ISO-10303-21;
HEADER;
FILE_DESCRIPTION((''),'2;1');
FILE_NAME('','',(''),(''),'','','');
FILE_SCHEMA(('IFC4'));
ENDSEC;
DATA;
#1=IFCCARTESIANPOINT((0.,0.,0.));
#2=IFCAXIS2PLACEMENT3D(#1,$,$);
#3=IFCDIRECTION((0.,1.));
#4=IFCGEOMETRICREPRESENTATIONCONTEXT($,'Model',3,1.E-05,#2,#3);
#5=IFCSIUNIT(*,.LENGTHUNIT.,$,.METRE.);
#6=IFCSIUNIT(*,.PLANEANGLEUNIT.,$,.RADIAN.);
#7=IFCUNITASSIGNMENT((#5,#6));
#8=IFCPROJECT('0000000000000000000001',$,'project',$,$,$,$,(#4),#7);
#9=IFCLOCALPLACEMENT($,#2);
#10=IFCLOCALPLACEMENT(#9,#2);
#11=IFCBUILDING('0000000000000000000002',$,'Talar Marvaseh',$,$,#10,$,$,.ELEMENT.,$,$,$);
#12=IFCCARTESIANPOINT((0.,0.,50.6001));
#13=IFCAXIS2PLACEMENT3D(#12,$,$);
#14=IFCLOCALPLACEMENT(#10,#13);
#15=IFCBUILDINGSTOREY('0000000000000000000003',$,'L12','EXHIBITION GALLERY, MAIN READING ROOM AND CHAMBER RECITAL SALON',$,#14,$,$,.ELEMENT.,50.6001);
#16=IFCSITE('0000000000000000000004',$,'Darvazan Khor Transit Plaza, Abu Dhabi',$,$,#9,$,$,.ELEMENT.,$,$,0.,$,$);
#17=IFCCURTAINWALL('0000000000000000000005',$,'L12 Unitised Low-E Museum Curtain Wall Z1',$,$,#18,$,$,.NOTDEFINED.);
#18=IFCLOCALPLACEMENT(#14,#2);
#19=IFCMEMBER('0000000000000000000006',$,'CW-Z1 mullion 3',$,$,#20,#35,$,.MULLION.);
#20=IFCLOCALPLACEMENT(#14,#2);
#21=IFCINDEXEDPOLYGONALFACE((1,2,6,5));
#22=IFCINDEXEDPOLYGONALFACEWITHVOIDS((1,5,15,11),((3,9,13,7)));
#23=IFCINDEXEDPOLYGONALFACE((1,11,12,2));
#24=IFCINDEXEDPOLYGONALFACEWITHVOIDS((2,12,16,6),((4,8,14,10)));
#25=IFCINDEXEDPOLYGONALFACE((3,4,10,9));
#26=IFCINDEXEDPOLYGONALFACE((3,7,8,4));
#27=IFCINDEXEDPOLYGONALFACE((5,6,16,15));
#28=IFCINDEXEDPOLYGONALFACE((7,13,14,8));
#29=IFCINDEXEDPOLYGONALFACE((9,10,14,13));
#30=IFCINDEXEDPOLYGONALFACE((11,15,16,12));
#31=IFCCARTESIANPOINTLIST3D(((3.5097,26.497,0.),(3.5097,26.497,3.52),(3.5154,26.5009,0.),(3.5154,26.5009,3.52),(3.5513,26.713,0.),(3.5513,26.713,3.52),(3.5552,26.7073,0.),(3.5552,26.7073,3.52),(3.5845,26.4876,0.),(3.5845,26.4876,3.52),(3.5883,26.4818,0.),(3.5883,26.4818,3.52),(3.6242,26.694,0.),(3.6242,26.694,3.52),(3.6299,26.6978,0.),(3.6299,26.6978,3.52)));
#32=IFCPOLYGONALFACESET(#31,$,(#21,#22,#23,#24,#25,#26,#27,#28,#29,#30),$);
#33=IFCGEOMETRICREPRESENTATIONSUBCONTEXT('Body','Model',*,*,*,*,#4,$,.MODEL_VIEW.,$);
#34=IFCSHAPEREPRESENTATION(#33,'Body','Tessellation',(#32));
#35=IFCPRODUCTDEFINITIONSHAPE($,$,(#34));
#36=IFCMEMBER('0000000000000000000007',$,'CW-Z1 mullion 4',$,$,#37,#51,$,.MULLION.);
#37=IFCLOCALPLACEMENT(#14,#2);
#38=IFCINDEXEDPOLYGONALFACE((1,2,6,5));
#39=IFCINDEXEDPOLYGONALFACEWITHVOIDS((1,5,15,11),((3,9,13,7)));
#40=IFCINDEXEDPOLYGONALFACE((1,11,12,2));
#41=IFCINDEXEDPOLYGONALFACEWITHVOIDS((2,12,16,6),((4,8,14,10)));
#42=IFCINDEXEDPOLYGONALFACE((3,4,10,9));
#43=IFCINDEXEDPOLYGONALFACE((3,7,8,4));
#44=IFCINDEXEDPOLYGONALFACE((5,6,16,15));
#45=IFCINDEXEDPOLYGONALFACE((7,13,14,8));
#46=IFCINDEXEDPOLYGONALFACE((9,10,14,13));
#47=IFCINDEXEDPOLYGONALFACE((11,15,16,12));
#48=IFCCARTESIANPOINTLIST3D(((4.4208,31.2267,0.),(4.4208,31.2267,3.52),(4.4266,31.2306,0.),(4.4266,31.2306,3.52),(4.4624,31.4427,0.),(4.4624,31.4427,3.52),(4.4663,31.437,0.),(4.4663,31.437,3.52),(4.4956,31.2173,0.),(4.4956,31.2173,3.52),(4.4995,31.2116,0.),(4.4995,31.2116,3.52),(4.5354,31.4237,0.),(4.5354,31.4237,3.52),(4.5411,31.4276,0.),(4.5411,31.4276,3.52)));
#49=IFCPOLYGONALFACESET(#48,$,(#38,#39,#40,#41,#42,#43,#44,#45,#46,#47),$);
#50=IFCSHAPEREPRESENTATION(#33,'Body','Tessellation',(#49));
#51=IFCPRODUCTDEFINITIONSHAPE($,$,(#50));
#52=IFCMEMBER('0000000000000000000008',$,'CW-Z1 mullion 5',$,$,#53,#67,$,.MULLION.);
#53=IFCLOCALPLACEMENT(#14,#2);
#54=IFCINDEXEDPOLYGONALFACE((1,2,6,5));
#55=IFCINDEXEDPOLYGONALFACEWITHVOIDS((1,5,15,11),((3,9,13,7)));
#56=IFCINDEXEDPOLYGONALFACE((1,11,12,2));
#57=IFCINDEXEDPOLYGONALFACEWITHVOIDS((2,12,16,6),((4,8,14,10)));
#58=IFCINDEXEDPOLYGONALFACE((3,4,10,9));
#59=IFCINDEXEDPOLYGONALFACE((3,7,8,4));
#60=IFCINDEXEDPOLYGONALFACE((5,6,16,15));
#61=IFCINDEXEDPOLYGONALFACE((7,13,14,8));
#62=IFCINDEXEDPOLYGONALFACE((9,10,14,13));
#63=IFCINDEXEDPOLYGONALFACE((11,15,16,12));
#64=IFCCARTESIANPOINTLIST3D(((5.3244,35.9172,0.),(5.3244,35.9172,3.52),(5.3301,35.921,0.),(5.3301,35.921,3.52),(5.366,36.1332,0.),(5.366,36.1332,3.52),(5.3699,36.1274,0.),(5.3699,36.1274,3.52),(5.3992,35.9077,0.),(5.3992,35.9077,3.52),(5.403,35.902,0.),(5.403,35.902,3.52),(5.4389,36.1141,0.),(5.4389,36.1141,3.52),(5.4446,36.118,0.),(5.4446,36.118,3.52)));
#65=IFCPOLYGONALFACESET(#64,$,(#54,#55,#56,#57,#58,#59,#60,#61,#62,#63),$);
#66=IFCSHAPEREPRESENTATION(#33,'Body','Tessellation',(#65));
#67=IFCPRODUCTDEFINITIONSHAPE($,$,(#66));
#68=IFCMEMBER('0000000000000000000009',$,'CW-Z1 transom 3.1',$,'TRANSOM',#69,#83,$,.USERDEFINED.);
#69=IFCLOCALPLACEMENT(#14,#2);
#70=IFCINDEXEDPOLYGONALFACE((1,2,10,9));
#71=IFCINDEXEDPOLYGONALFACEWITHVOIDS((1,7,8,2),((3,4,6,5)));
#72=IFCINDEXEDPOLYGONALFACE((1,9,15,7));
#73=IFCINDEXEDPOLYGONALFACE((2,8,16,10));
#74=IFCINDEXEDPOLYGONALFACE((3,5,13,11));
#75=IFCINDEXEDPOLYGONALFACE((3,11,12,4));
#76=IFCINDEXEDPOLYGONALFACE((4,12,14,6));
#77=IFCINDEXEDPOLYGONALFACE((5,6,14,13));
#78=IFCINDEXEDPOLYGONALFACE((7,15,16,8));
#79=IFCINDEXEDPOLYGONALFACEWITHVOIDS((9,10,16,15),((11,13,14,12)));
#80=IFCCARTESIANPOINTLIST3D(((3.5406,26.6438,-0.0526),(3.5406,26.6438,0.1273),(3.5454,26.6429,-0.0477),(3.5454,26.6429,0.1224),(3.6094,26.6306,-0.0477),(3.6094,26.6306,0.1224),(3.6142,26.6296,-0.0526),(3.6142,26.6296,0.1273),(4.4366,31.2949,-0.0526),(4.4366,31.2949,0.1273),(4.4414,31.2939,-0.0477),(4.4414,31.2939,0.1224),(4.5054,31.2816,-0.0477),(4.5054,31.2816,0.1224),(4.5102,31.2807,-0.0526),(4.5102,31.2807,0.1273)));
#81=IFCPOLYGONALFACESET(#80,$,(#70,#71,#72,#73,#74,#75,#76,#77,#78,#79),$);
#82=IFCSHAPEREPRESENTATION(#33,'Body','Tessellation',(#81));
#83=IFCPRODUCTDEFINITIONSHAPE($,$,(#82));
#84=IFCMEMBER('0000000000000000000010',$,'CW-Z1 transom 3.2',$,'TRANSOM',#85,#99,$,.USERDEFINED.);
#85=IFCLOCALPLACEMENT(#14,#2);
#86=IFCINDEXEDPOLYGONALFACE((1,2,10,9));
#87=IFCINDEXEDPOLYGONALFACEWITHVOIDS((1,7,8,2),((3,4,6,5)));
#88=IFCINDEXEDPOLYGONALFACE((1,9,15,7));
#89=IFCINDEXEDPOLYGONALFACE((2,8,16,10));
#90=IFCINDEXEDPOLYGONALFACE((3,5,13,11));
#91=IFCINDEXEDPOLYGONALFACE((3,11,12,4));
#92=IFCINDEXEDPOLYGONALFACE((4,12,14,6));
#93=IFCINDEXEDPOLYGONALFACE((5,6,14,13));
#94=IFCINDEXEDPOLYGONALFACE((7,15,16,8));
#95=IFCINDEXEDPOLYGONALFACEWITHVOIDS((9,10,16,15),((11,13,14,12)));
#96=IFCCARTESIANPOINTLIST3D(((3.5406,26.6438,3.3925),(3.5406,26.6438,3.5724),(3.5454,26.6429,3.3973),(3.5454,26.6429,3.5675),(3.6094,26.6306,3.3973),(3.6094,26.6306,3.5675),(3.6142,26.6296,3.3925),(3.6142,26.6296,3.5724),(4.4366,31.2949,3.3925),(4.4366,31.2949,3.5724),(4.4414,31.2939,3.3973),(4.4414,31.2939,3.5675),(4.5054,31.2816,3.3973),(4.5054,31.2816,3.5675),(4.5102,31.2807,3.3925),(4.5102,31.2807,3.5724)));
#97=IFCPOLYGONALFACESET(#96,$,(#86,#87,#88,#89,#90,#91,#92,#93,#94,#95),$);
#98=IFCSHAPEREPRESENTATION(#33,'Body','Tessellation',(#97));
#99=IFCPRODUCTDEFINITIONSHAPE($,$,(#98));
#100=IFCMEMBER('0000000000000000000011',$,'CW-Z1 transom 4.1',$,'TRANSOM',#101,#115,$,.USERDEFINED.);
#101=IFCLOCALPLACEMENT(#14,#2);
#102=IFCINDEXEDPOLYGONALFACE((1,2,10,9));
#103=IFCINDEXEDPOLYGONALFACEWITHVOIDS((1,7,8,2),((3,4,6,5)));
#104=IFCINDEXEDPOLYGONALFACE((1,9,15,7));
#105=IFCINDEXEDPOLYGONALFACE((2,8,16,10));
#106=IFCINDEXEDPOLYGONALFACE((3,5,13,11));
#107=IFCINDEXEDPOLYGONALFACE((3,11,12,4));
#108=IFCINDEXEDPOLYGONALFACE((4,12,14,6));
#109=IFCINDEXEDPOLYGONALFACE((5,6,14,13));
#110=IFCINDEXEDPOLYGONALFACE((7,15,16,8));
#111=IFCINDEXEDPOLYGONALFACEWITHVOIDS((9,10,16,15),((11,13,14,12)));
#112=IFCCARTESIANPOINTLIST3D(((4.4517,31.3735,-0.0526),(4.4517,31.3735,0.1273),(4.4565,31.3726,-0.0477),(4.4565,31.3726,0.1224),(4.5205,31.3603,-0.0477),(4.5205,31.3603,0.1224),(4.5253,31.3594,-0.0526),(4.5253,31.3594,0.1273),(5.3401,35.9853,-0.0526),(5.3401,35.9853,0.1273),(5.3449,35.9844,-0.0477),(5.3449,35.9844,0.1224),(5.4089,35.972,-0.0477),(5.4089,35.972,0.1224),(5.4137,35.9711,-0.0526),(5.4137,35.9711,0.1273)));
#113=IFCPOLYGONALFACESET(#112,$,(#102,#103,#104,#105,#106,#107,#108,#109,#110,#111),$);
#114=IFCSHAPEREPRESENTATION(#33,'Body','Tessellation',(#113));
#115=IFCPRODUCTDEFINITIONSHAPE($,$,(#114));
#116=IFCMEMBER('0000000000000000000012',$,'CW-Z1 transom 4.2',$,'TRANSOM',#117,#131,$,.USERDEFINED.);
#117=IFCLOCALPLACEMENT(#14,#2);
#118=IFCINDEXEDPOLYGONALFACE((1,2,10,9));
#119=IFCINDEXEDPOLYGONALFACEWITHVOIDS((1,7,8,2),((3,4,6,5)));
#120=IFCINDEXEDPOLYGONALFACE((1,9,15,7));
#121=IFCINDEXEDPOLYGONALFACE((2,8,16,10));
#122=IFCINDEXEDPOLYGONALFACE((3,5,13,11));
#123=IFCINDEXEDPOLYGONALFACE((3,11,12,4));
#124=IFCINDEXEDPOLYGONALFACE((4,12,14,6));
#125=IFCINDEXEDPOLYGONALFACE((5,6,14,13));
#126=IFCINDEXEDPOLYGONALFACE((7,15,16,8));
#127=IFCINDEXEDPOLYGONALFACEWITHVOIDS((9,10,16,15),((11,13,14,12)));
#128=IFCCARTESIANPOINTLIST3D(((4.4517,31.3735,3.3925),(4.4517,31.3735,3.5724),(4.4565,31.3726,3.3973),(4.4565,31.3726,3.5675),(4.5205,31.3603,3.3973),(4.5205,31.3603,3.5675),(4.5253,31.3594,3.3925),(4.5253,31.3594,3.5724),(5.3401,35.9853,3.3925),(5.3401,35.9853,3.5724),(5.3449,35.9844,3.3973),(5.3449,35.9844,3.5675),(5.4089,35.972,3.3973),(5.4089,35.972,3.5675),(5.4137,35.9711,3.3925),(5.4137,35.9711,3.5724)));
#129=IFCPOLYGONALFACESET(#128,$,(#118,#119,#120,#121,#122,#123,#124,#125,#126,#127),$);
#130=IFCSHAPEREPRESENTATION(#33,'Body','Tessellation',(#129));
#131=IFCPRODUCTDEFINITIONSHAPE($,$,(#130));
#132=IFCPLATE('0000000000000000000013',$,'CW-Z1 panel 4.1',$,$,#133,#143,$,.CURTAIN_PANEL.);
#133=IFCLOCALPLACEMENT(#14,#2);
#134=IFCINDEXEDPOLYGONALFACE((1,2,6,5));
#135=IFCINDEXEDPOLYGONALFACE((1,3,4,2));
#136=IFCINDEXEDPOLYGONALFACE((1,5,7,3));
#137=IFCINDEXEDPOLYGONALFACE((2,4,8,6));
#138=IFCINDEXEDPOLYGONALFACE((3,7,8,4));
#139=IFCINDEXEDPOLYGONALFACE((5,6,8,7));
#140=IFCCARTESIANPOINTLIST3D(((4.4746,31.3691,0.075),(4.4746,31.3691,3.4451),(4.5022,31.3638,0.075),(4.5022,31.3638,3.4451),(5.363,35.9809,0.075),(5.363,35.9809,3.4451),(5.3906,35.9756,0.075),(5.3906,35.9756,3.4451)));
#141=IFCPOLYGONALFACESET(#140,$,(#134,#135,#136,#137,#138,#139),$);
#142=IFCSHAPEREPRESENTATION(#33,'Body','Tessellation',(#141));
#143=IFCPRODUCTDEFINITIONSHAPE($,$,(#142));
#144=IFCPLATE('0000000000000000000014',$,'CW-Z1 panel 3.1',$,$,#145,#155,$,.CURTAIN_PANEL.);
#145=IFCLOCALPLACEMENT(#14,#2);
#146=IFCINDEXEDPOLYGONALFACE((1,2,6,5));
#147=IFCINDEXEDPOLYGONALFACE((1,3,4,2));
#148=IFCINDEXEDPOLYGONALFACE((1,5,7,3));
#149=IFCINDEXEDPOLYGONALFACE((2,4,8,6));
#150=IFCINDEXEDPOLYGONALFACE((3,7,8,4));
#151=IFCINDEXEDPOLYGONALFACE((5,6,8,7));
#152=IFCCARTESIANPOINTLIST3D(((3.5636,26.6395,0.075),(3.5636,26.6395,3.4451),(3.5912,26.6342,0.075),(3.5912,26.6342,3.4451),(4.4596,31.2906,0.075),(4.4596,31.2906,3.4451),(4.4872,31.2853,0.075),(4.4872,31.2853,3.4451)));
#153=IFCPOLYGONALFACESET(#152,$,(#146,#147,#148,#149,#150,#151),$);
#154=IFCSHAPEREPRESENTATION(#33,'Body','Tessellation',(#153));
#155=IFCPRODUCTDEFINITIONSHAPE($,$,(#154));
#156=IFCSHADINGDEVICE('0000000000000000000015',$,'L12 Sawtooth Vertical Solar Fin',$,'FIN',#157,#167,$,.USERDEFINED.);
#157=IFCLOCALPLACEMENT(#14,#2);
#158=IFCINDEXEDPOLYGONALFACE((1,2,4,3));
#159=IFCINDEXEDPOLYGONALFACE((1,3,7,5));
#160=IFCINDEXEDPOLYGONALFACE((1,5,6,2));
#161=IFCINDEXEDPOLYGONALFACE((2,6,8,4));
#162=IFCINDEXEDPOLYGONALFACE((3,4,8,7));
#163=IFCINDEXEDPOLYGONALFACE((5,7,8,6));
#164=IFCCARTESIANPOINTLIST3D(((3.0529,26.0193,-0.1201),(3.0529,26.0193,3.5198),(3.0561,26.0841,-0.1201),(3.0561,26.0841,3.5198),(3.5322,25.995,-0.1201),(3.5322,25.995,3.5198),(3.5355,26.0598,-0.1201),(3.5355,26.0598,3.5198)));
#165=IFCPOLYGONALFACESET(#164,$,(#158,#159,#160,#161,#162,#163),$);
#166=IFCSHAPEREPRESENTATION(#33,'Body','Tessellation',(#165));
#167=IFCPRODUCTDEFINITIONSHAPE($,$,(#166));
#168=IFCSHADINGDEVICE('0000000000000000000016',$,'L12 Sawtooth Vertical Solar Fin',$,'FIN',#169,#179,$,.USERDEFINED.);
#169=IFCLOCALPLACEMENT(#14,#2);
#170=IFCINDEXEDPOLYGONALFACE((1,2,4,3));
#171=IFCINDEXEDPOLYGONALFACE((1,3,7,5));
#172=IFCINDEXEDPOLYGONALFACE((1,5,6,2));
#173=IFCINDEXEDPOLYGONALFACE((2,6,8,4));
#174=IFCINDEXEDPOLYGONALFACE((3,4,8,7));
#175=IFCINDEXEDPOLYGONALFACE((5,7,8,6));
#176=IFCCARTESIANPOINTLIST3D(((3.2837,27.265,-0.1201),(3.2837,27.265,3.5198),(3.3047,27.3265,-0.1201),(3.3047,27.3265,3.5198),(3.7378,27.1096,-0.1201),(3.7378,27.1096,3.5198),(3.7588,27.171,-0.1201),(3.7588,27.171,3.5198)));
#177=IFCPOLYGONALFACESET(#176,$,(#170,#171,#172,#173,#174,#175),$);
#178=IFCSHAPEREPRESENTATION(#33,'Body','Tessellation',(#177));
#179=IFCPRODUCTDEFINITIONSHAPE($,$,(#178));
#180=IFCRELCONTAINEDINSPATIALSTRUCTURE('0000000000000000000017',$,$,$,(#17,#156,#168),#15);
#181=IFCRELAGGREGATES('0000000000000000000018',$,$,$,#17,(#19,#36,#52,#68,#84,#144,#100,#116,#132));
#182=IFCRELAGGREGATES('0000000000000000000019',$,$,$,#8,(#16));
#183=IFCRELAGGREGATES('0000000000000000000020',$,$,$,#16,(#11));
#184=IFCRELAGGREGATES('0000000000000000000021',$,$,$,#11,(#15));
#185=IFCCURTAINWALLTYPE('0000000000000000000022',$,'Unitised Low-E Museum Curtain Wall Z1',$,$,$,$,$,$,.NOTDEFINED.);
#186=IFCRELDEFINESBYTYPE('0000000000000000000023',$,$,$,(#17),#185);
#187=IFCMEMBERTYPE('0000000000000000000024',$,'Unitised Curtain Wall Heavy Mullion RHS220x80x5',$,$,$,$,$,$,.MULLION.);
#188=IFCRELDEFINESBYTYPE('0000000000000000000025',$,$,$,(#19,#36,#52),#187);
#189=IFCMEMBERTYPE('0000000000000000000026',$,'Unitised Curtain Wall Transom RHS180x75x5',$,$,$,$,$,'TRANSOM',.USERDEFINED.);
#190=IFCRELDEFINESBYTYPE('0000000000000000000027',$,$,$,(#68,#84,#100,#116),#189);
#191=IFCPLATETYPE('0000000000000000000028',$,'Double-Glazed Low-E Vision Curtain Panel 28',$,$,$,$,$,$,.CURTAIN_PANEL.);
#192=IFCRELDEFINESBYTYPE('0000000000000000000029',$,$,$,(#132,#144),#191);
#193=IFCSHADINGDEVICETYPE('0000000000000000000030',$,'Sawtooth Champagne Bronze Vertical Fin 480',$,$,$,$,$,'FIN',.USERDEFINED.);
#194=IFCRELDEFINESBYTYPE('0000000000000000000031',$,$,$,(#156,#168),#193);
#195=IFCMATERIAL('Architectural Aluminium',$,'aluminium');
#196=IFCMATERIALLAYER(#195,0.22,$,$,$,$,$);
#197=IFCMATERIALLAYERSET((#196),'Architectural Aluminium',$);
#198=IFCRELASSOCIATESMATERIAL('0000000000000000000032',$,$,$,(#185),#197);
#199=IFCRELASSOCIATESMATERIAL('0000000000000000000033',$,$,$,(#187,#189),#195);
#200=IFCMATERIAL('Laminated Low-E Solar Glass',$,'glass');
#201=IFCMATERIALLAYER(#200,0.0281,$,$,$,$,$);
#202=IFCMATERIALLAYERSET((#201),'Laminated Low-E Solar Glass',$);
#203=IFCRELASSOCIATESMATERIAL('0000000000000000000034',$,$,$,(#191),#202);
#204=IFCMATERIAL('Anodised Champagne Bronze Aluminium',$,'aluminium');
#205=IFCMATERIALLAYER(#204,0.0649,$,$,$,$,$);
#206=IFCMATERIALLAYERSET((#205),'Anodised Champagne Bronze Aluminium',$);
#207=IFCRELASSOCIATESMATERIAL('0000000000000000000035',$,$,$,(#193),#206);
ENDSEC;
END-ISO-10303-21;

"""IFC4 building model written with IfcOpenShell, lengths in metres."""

from ifc_helpers import new_model, si_unit, direction, frame, origin, origin_2d, place, context, subcontext, project, spatial, rectangle, hollow_rectangle, extrude, source, transform, mapped, material, layer, layer_set, material_profile, profile_set, type_object, type_shapes, element, aggregate, save


model = new_model("IFC4")

# Units and contexts
model_context = context("Model", 3, precision=1e-05, world=origin(), true_north=direction((0.0, 1.0)))
body_context = subcontext(model_context, "Body", "Model", "MODEL_VIEW")
ifc_project = project(units=[si_unit("LENGTHUNIT", "METRE"), si_unit("PLANEANGLEUNIT", "RADIAN")], contexts=[model_context])

# Site, building, storey
site_placement = place(None, origin())
site = spatial("IfcSite", under=ifc_project, at=site_placement, Name="Darvazan Khor Transit Plaza, Abu Dhabi", CompositionType="ELEMENT", RefElevation=0.0)
building_placement = place(site_placement, origin())
building = spatial("IfcBuilding", under=site, at=building_placement, Name="Talar Marvaseh", CompositionType="ELEMENT")
storey_placement = place(building_placement, frame((0.0, 0.0, 50.6001)))
storey = spatial("IfcBuildingStorey", under=building, at=storey_placement, Name="L12", Description="EXHIBITION GALLERY, MAIN READING ROOM AND CHAMBER RECITAL SALON", CompositionType="ELEMENT", Elevation=50.6001)

# Curtain wall, members, plates
ifc_material_1 = material(Name="Architectural Aluminium", Category="aluminium")
ifc_layer_1 = layer(ifc_material_1, 0.22)
ifc_layer_set_1 = layer_set([ifc_layer_1], Name="Architectural Aluminium")
curtain_wall_type = type_object("IfcCurtainWallType", Name="Unitised Low-E Museum Curtain Wall Z1", PredefinedType="NOTDEFINED", material=ifc_layer_set_1)
curtain_wall_placement = place(storey_placement, origin())
curtain_wall = element("IfcCurtainWall", 1, at=curtain_wall_placement, inside=storey, type_object=curtain_wall_type, Name="L12 Unitised Low-E Museum Curtain Wall Z1", PredefinedType="NOTDEFINED")
ifc_material_profile_1 = material_profile(ifc_material_1, hollow_rectangle(XDim=0.0801, YDim=0.22, WallThickness=0.0049, at=origin_2d()), Name="RHS220x80x5")
ifc_profile_set_1 = profile_set([ifc_material_profile_1], Name="Architectural Aluminium")
member_type_1 = type_object("IfcMemberType", Name="Unitised Curtain Wall Heavy Mullion RHS220x80x5", PredefinedType="MULLION", material=ifc_profile_set_1)
shared_shape_1 = source(origin(), body_context, "Body", "SweptSolid", [
    extrude(hollow_rectangle(XDim=0.0801, YDim=0.22, WallThickness=0.0049, at=origin_2d()), origin(), (0.0, 0.0, 1.0), 3.52),
])
type_shapes(member_type_1, [shared_shape_1])
member_1_placement = place(storey_placement, frame((3.5698, 26.5974, 0.0), z_axis=(0.0, 0.0, 1.0), x_axis=(-0.981946, 0.189163, 0.0)))
member_1 = element("IfcMember", 2, at=member_1_placement, type_object=member_type_1, Name="CW-Z1 mullion 3", PredefinedType="MULLION", context=body_context, shape_type="MappedRepresentation", body=[
    mapped(shared_shape_1, transform((0.0, 0.0, 0.0), x_axis=(1.0, 0.0, 0.0), y_axis=(0.0, 1.0, 0.0), z_axis=(0.0, 0.0, 1.0), scale=1.0)),
])
member_2_placement = place(storey_placement, frame((4.481, 31.3271, 0.0), z_axis=(0.0, 0.0, 1.0), x_axis=(-0.981946, 0.189163, 0.0)))
member_2 = element("IfcMember", 3, at=member_2_placement, type_object=member_type_1, Name="CW-Z1 mullion 4", PredefinedType="MULLION", context=body_context, shape_type="MappedRepresentation", body=[
    mapped(shared_shape_1, transform((0.0, 0.0, 0.0), x_axis=(1.0, 0.0, 0.0), y_axis=(0.0, 1.0, 0.0), z_axis=(0.0, 0.0, 1.0), scale=1.0)),
])
member_3_placement = place(storey_placement, frame((5.3845, 36.0176, 0.0), z_axis=(0.0, 0.0, 1.0), x_axis=(-0.981946, 0.189163, 0.0)))
member_3 = element("IfcMember", 4, at=member_3_placement, type_object=member_type_1, Name="CW-Z1 mullion 5", PredefinedType="MULLION", context=body_context, shape_type="MappedRepresentation", body=[
    mapped(shared_shape_1, transform((0.0, 0.0, 0.0), x_axis=(1.0, 0.0, 0.0), y_axis=(0.0, 1.0, 0.0), z_axis=(0.0, 0.0, 1.0), scale=1.0)),
])
ifc_material_profile_2 = material_profile(ifc_material_1, hollow_rectangle(XDim=0.075, YDim=0.1799, WallThickness=0.0049, at=origin_2d()), Name="RHS180x75x5")
ifc_profile_set_2 = profile_set([ifc_material_profile_2], Name="Architectural Aluminium")
member_type_2 = type_object("IfcMemberType", Name="Unitised Curtain Wall Transom RHS180x75x5", ElementType="TRANSOM", PredefinedType="USERDEFINED", material=ifc_profile_set_2)
shared_shape_2 = source(origin(), body_context, "Body", "SweptSolid", [
    extrude(hollow_rectangle(XDim=0.075, YDim=0.1799, WallThickness=0.0049, at=origin_2d()), origin(), (0.0, 0.0, 1.0), 4.7366),
])
member_4_placement = place(storey_placement, frame((3.5774, 26.6367, 0.0374), z_axis=(0.189163, 0.981946, 0.0), x_axis=(-0.981946, 0.189163, 0.0)))
member_4 = element("IfcMember", 5, at=member_4_placement, type_object=member_type_2, Name="CW-Z1 transom 3.1", ObjectType="TRANSOM", PredefinedType="USERDEFINED", context=body_context, shape_type="MappedRepresentation", body=[
    mapped(shared_shape_2, transform((0.0, 0.0, 0.0), x_axis=(1.0, 0.0, 0.0), y_axis=(0.0, 1.0, 0.0), z_axis=(0.0, 0.0, 1.0), scale=1.0)),
])
member_5_placement = place(storey_placement, frame((3.5774, 26.6367, 3.4824), z_axis=(0.189163, 0.981946, 0.0), x_axis=(-0.981946, 0.189163, 0.0)))
member_5 = element("IfcMember", 6, at=member_5_placement, type_object=member_type_2, Name="CW-Z1 transom 3.2", ObjectType="TRANSOM", PredefinedType="USERDEFINED", context=body_context, shape_type="MappedRepresentation", body=[
    mapped(shared_shape_2, transform((0.0, 0.0, 0.0), x_axis=(1.0, 0.0, 0.0), y_axis=(0.0, 1.0, 0.0), z_axis=(0.0, 0.0, 1.0), scale=1.0)),
])
shared_shape_3 = source(origin(), body_context, "Body", "SweptSolid", [
    extrude(hollow_rectangle(XDim=0.075, YDim=0.1799, WallThickness=0.0049, at=origin_2d()), origin(), (0.0, 0.0, 1.0), 4.6965),
])
type_shapes(member_type_2, [shared_shape_2, shared_shape_3])
member_6_placement = place(storey_placement, frame((4.4885, 31.3665, 0.0374), z_axis=(0.189164, 0.981946, 0.0), x_axis=(-0.981946, 0.189164, 0.0)))
member_6 = element("IfcMember", 7, at=member_6_placement, type_object=member_type_2, Name="CW-Z1 transom 4.1", ObjectType="TRANSOM", PredefinedType="USERDEFINED", context=body_context, shape_type="MappedRepresentation", body=[
    mapped(shared_shape_3, transform((0.0, 0.0, 0.0), x_axis=(1.0, 0.0, 0.0), y_axis=(0.0, 1.0, 0.0), z_axis=(0.0, 0.0, 1.0), scale=1.0)),
])
member_7_placement = place(storey_placement, frame((4.4885, 31.3665, 3.4824), z_axis=(0.189164, 0.981946, 0.0), x_axis=(-0.981946, 0.189164, 0.0)))
member_7 = element("IfcMember", 8, at=member_7_placement, type_object=member_type_2, Name="CW-Z1 transom 4.2", ObjectType="TRANSOM", PredefinedType="USERDEFINED", context=body_context, shape_type="MappedRepresentation", body=[
    mapped(shared_shape_3, transform((0.0, 0.0, 0.0), x_axis=(1.0, 0.0, 0.0), y_axis=(0.0, 1.0, 0.0), z_axis=(0.0, 0.0, 1.0), scale=1.0)),
])
ifc_material_2 = material(Name="Laminated Low-E Solar Glass", Category="glass")
ifc_layer_2 = layer(ifc_material_2, 0.0281)
ifc_layer_set_2 = layer_set([ifc_layer_2], Name="Laminated Low-E Solar Glass")
plate_type = type_object("IfcPlateType", Name="Double-Glazed Low-E Vision Curtain Panel 28", PredefinedType="CURTAIN_PANEL", material=ifc_layer_set_2)
shared_shape_4 = source(origin(), body_context, "Body", "SweptSolid", [
    extrude(rectangle(XDim=4.6965, YDim=0.0281, at=origin_2d()), origin(), (0.0, 0.0, 1.0), 3.3701),
])
plate_1_placement = place(storey_placement, frame((4.9326, 33.6724, 0.075), z_axis=(0.0, 0.0, 1.0), x_axis=(0.189163, 0.981946, 0.0)))
plate_1 = element("IfcPlate", 9, at=plate_1_placement, type_object=plate_type, Name="CW-Z1 panel 4.1", PredefinedType="CURTAIN_PANEL", context=body_context, shape_type="MappedRepresentation", body=[
    mapped(shared_shape_4, transform((0.0, 0.0, 0.0), x_axis=(1.0, 0.0, 0.0), y_axis=(0.0, 1.0, 0.0), z_axis=(0.0, 0.0, 1.0), scale=1.0)),
])
shared_shape_5 = source(origin(), body_context, "Body", "SweptSolid", [
    extrude(rectangle(XDim=4.7366, YDim=0.0281, at=origin_2d()), origin(), (0.0, 0.0, 1.0), 3.3701),
])
type_shapes(plate_type, [shared_shape_4, shared_shape_5])
plate_2_placement = place(storey_placement, frame((4.0254, 28.9624, 0.075), z_axis=(0.0, 0.0, 1.0), x_axis=(0.189163, 0.981946, 0.0)))
plate_2 = element("IfcPlate", 10, at=plate_2_placement, type_object=plate_type, Name="CW-Z1 panel 3.1", PredefinedType="CURTAIN_PANEL", context=body_context, shape_type="MappedRepresentation", body=[
    mapped(shared_shape_5, transform((0.0, 0.0, 0.0), x_axis=(1.0, 0.0, 0.0), y_axis=(0.0, 1.0, 0.0), z_axis=(0.0, 0.0, 1.0), scale=1.0)),
])
aggregate(curtain_wall, [member_1, member_2, member_3, member_4, member_5, plate_2, member_6, member_7, plate_1])

# Shading devices
ifc_material_3 = material(Name="Anodised Champagne Bronze Aluminium", Category="aluminium")
ifc_layer_3 = layer(ifc_material_3, 0.0649)
ifc_layer_set_3 = layer_set([ifc_layer_3], Name="Anodised Champagne Bronze Aluminium")
shading_device_type_1 = type_object("IfcShadingDeviceType", Name="Sawtooth Champagne Bronze Vertical Fin 480", ElementType="FIN", PredefinedType="USERDEFINED", material=ifc_layer_set_3)
shared_shape_6 = source(origin(), body_context, "Body", "SweptSolid", [
    extrude(rectangle(XDim=0.48, YDim=0.0649, at=origin_2d()), origin(), (0.0, 0.0, 1.0), 3.6399),
])
type_shapes(shading_device_type_1, [shared_shape_6])
for number, where, z_axis, x_axis, name in (
    (11, (3.2942, 26.0396, -0.1201), (0.0, 0.0, 1.0), (-0.998719, 0.050593, 0.0), "L12 Sawtooth Vertical Solar Fin"),
    (12, (3.5212, 27.218, -0.1201), (0.0, 0.0, 1.0), (-0.946085, 0.323917, 0.0), "L12 Sawtooth Vertical Solar Fin"),
):
    element("IfcShadingDevice", number, at=place(storey_placement, frame(where, z_axis=z_axis, x_axis=x_axis)), inside=storey, type_object=shading_device_type_1, Name=name, ObjectType="FIN", PredefinedType="USERDEFINED", context=body_context, shape_type="MappedRepresentation", body=[
        mapped(shared_shape_6, transform((0.0, 0.0, 0.0), x_axis=(1.0, 0.0, 0.0), y_axis=(0.0, 1.0, 0.0), z_axis=(0.0, 0.0, 1.0), scale=1.0)),
    ])

save(model, "model.ifc")
